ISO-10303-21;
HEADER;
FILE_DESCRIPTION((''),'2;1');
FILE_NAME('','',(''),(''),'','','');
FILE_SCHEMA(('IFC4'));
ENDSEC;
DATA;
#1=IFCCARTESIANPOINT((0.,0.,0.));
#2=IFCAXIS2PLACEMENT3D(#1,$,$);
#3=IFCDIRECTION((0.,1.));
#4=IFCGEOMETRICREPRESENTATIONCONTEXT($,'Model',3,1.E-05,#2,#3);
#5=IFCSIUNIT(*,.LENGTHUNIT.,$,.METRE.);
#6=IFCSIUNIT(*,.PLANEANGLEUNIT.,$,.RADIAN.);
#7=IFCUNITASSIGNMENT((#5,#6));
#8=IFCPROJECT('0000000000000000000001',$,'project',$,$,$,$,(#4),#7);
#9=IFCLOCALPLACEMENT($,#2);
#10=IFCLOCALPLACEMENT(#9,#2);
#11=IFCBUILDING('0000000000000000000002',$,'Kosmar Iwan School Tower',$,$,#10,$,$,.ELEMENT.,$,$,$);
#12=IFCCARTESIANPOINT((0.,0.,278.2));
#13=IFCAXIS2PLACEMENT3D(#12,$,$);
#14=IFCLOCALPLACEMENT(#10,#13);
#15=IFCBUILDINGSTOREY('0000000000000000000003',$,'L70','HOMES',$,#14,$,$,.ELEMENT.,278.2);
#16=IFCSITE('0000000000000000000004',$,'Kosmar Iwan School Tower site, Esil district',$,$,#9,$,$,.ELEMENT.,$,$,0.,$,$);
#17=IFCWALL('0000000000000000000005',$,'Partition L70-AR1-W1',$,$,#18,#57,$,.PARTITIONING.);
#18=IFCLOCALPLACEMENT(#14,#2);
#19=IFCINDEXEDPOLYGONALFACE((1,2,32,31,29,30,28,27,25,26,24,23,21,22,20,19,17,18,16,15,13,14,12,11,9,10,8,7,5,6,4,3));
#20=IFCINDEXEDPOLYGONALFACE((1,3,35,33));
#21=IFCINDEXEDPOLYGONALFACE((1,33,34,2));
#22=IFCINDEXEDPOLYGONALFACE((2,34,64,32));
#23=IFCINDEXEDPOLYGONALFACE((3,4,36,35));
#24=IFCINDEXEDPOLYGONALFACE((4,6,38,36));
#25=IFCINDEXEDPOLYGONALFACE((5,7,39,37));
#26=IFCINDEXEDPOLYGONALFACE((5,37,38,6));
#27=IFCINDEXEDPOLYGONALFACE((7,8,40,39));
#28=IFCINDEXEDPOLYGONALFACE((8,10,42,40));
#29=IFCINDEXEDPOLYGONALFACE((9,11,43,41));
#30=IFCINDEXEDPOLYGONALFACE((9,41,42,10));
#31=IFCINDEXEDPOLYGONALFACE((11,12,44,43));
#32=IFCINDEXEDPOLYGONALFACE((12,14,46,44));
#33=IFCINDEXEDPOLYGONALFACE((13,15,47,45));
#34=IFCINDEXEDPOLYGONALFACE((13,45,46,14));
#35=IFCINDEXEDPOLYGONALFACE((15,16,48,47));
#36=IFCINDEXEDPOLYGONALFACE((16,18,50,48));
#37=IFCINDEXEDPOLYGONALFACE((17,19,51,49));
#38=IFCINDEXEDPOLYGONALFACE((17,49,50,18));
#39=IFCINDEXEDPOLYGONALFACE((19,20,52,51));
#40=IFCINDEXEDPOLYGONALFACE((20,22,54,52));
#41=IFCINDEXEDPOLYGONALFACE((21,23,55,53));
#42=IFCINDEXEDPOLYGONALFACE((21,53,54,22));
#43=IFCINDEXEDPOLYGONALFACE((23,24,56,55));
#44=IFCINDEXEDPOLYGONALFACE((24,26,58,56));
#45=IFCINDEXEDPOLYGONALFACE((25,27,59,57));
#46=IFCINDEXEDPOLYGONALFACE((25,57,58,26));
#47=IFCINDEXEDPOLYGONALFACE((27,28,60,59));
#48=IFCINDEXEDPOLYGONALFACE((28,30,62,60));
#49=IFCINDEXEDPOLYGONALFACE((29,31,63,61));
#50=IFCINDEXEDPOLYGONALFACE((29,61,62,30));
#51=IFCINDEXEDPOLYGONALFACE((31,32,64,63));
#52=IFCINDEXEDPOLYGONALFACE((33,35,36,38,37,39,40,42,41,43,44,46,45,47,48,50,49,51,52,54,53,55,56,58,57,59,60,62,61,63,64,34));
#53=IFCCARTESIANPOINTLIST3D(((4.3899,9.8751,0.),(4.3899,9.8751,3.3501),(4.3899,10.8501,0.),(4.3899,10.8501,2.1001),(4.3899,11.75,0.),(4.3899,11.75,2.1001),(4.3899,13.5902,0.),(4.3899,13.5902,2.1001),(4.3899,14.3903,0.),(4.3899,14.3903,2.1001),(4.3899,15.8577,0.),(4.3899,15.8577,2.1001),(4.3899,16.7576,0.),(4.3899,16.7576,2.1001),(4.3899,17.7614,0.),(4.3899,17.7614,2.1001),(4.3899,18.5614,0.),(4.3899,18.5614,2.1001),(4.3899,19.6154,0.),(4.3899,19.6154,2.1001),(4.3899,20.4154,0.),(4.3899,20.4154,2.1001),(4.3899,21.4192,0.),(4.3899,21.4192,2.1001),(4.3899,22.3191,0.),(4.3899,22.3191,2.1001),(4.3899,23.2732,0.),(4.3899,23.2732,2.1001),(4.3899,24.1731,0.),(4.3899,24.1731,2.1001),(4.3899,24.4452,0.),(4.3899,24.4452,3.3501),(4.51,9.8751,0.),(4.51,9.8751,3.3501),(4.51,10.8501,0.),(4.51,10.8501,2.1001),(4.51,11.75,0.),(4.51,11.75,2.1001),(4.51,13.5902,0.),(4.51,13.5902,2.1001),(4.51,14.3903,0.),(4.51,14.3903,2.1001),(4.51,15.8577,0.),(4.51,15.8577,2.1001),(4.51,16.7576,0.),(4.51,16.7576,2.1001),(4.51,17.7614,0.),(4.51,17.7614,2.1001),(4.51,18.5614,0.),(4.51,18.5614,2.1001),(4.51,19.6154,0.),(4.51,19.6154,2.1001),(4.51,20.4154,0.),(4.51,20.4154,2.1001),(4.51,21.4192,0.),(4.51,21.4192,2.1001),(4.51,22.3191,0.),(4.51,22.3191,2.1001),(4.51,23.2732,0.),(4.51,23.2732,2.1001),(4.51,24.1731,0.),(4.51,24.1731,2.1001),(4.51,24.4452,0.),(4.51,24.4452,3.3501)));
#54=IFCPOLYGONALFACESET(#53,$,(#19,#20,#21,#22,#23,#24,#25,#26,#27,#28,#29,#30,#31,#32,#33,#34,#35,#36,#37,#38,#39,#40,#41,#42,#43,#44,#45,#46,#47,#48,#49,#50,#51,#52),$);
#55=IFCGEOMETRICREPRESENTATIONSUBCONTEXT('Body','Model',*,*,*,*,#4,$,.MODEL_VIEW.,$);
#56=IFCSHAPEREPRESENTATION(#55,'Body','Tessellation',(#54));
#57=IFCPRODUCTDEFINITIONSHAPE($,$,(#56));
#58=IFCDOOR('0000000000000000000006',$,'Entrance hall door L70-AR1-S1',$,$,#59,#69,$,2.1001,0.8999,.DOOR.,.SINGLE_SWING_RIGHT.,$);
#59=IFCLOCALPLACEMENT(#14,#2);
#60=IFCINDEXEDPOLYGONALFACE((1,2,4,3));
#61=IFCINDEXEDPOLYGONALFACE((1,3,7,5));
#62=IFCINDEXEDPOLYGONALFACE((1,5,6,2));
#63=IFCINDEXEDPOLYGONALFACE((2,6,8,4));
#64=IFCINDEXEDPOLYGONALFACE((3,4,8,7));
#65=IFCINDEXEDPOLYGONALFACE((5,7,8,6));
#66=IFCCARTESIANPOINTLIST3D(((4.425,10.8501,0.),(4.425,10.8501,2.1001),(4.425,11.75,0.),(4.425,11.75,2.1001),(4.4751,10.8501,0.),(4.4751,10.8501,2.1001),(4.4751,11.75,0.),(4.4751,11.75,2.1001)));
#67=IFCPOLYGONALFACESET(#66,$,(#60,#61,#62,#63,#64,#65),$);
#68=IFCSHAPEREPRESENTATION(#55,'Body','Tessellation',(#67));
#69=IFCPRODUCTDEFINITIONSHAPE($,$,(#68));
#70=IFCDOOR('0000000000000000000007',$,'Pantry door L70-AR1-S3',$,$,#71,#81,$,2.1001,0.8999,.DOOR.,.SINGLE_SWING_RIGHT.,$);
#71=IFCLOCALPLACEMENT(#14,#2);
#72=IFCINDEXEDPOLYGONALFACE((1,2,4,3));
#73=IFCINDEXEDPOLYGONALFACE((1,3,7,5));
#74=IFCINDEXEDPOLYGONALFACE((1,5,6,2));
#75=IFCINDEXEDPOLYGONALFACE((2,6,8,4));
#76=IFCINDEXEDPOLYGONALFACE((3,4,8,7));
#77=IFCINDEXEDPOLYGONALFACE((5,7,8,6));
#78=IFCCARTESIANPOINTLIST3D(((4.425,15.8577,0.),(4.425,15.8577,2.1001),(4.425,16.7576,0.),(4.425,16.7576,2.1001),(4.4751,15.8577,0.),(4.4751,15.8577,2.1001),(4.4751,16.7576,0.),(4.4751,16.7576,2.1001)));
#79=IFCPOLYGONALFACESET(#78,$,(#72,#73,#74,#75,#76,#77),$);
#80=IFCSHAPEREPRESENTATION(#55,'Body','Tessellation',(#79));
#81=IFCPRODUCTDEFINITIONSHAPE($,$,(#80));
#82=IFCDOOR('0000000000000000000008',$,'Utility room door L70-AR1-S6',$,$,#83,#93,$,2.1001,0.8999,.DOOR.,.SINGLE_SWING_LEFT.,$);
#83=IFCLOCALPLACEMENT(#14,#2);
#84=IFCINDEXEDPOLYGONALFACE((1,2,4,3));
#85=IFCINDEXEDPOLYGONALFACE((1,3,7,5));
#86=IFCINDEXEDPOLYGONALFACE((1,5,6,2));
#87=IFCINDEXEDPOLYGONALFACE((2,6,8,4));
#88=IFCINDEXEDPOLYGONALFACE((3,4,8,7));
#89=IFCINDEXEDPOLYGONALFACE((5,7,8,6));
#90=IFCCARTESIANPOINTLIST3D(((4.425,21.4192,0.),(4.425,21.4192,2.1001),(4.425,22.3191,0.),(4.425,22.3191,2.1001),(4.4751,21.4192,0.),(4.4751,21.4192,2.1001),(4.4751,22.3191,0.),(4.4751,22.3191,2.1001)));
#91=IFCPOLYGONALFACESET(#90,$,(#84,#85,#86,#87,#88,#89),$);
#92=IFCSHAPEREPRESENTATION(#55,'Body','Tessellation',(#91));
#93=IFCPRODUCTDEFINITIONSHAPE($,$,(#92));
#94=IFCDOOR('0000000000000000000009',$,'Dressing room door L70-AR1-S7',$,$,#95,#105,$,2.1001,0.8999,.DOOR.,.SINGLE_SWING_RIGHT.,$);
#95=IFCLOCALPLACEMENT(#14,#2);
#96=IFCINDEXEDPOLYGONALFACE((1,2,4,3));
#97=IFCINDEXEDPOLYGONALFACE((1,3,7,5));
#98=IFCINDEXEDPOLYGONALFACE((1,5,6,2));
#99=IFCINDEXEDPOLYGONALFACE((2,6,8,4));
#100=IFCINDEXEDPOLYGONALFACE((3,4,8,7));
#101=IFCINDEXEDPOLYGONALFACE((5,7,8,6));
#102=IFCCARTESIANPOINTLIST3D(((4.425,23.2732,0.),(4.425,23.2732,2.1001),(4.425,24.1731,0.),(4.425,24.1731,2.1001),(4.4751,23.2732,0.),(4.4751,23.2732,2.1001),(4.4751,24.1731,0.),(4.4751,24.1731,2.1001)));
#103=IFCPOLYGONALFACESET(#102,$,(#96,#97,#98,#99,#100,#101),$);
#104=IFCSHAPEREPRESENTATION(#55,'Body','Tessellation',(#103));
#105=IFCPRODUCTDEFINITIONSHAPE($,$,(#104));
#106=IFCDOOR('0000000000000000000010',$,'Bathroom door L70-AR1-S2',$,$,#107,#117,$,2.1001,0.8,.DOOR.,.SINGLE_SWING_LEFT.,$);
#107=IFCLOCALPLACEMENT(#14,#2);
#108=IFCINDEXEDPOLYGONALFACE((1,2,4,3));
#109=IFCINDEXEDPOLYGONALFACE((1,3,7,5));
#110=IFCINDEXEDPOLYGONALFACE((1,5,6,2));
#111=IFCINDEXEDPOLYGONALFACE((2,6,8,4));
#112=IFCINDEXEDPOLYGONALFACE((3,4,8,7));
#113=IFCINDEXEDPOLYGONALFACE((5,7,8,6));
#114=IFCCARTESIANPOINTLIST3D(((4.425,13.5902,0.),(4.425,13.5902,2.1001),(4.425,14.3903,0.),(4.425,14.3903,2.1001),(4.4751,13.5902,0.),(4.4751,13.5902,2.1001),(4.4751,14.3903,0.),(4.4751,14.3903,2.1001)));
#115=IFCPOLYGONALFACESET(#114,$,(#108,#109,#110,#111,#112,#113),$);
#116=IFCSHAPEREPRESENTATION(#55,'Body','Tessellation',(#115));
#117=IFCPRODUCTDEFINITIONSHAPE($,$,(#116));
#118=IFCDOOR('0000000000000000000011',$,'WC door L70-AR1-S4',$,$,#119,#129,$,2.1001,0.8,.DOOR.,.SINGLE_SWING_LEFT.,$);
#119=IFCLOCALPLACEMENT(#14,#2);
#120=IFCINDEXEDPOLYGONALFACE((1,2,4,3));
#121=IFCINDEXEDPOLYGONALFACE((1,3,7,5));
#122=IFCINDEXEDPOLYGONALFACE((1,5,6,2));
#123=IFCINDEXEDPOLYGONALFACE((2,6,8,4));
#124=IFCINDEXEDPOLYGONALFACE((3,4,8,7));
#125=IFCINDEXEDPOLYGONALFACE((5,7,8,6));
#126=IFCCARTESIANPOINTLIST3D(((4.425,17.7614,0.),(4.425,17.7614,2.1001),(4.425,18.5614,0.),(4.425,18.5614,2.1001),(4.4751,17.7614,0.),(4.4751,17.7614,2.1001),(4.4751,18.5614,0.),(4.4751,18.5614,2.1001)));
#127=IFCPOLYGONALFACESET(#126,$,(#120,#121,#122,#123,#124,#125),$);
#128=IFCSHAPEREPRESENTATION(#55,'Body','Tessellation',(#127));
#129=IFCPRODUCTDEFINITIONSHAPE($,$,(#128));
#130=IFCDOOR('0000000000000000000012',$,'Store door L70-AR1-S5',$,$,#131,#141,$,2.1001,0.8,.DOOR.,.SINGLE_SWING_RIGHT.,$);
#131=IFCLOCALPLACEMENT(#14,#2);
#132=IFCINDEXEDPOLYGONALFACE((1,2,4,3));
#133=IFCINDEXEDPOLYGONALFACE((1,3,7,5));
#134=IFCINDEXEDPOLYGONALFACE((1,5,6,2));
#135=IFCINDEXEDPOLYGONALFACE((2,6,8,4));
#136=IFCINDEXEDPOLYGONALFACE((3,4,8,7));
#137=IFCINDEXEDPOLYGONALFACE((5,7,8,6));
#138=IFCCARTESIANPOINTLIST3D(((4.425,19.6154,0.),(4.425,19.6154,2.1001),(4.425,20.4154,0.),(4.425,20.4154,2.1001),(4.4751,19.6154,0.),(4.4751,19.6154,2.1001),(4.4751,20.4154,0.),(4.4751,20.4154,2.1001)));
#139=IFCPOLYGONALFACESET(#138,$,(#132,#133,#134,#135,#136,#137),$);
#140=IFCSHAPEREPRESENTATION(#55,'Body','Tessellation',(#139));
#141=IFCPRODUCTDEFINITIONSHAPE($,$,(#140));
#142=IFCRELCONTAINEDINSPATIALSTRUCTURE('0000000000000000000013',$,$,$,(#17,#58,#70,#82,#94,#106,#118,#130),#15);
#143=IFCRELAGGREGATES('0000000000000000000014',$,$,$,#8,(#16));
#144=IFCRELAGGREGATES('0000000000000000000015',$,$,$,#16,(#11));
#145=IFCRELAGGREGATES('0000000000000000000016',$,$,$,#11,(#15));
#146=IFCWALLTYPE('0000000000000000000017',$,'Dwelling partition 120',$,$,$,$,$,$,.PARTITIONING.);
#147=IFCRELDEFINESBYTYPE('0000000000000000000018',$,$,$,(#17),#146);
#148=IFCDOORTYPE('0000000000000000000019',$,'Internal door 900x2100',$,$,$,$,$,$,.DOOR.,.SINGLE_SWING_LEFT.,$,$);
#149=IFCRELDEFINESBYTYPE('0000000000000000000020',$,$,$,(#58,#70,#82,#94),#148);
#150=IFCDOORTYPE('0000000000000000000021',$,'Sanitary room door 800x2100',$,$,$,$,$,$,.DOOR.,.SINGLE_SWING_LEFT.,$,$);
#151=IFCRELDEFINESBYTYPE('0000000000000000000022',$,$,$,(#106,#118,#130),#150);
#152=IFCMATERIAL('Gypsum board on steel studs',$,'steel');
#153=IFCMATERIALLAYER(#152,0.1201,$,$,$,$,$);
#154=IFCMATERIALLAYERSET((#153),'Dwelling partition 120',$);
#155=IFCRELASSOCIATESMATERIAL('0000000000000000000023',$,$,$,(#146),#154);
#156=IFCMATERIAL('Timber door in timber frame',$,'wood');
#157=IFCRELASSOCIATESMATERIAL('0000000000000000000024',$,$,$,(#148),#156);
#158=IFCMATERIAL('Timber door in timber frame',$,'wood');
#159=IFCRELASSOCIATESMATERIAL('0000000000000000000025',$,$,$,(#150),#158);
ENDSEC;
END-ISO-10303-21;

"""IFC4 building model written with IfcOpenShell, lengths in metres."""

from ifc_helpers import new_model, si_unit, direction, frame, frame_2d, origin, place, context, subcontext, project, spatial, rectangle, extrude, material, layer, layer_set, type_object, element, fill, save


model = new_model("IFC4")

# Units and contexts
model_context = context("Model", 3, precision=1e-05, world=origin(), true_north=direction((0.0, 1.0)))
body_context = subcontext(model_context, "Body", "Model", "MODEL_VIEW")
ifc_project = project(units=[si_unit("LENGTHUNIT", "METRE"), si_unit("PLANEANGLEUNIT", "RADIAN")], contexts=[model_context])

# Site, building, storey
site_placement = place(None, origin())
site = spatial("IfcSite", under=ifc_project, at=site_placement, Name="Kosmar Iwan School Tower site, Esil district", CompositionType="ELEMENT", RefElevation=0.0)
building_placement = place(site_placement, origin())
building = spatial("IfcBuilding", under=site, at=building_placement, Name="Kosmar Iwan School Tower", CompositionType="ELEMENT")
storey_placement = place(building_placement, frame((0.0, 0.0, 278.2)))
storey = spatial("IfcBuildingStorey", under=building, at=storey_placement, Name="L70", Description="HOMES", CompositionType="ELEMENT", Elevation=278.2)

# Wall, openings, doors
ifc_material_1 = material(Name="Gypsum board on steel studs", Category="steel")
ifc_layer_1 = layer(ifc_material_1, 0.1201)
ifc_layer_set_1 = layer_set([ifc_layer_1], Name="Dwelling partition 120")
wall_type_1 = type_object("IfcWallType", Name="Dwelling partition 120", PredefinedType="PARTITIONING", material=ifc_layer_set_1)
wall_1_placement = place(storey_placement, frame((4.45, 9.875, 0.0), z_axis=(0.0, 0.0, 1.0), x_axis=(0.0, 1.0, 0.0)))
wall_1 = element("IfcWall", 1, at=wall_1_placement, inside=storey, type_object=wall_type_1, Name="Partition L70-AR1-W1", PredefinedType="PARTITIONING", context=body_context, shape_type="SweptSolid", body=[
    extrude(rectangle(XDim=14.5701, YDim=0.1201, at=frame_2d((7.2852, 0.0))), origin(), (0.0, 0.0, 1.0), 3.3501),
])
opening_1_placement = place(wall_1_placement, frame((0.9751, 0.0, 0.0)))
opening_1 = element("IfcOpeningElement", 2, at=opening_1_placement, cuts=wall_1, PredefinedType="OPENING", context=body_context, shape_type="SweptSolid", body=[
    extrude(rectangle(XDim=0.8999, YDim=2.1001, at=frame_2d((0.45, 1.05))), frame((0.0, 0.072, 0.0), z_axis=(0.0, -1.0, 0.0), x_axis=(1.0, 0.0, 0.0)), (0.0, 0.0, 1.0), 0.144),
])
opening_2_placement = place(wall_1_placement, frame((3.7153, 0.0, 0.0)))
opening_2 = element("IfcOpeningElement", 3, at=opening_2_placement, cuts=wall_1, PredefinedType="OPENING", context=body_context, shape_type="SweptSolid", body=[
    extrude(rectangle(XDim=0.8, YDim=2.1001, at=frame_2d((0.3999, 1.05))), frame((0.0, 0.072, 0.0), z_axis=(0.0, -1.0, 0.0), x_axis=(1.0, 0.0, 0.0)), (0.0, 0.0, 1.0), 0.144),
])
opening_3_placement = place(wall_1_placement, frame((5.9827, 0.0, 0.0)))
opening_3 = element("IfcOpeningElement", 4, at=opening_3_placement, cuts=wall_1, PredefinedType="OPENING", context=body_context, shape_type="SweptSolid", body=[
    extrude(rectangle(XDim=0.8999, YDim=2.1001, at=frame_2d((0.45, 1.05))), frame((0.0, 0.072, 0.0), z_axis=(0.0, -1.0, 0.0), x_axis=(1.0, 0.0, 0.0)), (0.0, 0.0, 1.0), 0.144),
])
opening_4_placement = place(wall_1_placement, frame((7.8865, 0.0, 0.0)))
opening_4 = element("IfcOpeningElement", 5, at=opening_4_placement, cuts=wall_1, PredefinedType="OPENING", context=body_context, shape_type="SweptSolid", body=[
    extrude(rectangle(XDim=0.8, YDim=2.1001, at=frame_2d((0.3999, 1.05))), frame((0.0, 0.072, 0.0), z_axis=(0.0, -1.0, 0.0), x_axis=(1.0, 0.0, 0.0)), (0.0, 0.0, 1.0), 0.144),
])
opening_5_placement = place(wall_1_placement, frame((9.7405, 0.0, 0.0)))
opening_5 = element("IfcOpeningElement", 6, at=opening_5_placement, cuts=wall_1, PredefinedType="OPENING", context=body_context, shape_type="SweptSolid", body=[
    extrude(rectangle(XDim=0.8, YDim=2.1001, at=frame_2d((0.3999, 1.05))), frame((0.0, 0.072, 0.0), z_axis=(0.0, -1.0, 0.0), x_axis=(1.0, 0.0, 0.0)), (0.0, 0.0, 1.0), 0.144),
])
opening_6_placement = place(wall_1_placement, frame((11.5442, 0.0, 0.0)))
opening_6 = element("IfcOpeningElement", 7, at=opening_6_placement, cuts=wall_1, PredefinedType="OPENING", context=body_context, shape_type="SweptSolid", body=[
    extrude(rectangle(XDim=0.8999, YDim=2.1001, at=frame_2d((0.45, 1.05))), frame((0.0, 0.072, 0.0), z_axis=(0.0, -1.0, 0.0), x_axis=(1.0, 0.0, 0.0)), (0.0, 0.0, 1.0), 0.144),
])
opening_7_placement = place(wall_1_placement, frame((13.3982, 0.0, 0.0)))
opening_7 = element("IfcOpeningElement", 8, at=opening_7_placement, cuts=wall_1, PredefinedType="OPENING", context=body_context, shape_type="SweptSolid", body=[
    extrude(rectangle(XDim=0.8999, YDim=2.1001, at=frame_2d((0.45, 1.05))), frame((0.0, 0.072, 0.0), z_axis=(0.0, -1.0, 0.0), x_axis=(1.0, 0.0, 0.0)), (0.0, 0.0, 1.0), 0.144),
])
ifc_material_2 = material(Name="Timber door in timber frame", Category="wood")
door_type_1 = type_object("IfcDoorType", Name="Internal door 900x2100", OperationType="SINGLE_SWING_LEFT", PredefinedType="DOOR", material=ifc_material_2)
door_1_placement = place(opening_1_placement, origin())
door_1 = element("IfcDoor", 9, at=door_1_placement, inside=storey, type_object=door_type_1, Name="Entrance hall door L70-AR1-S1", OperationType="SINGLE_SWING_RIGHT", OverallHeight=2.1001, OverallWidth=0.8999, PredefinedType="DOOR", context=body_context, shape_type="SweptSolid", body=[
    extrude(rectangle(XDim=0.8999, YDim=2.1001, at=frame_2d((0.45, 1.05))), frame((0.0, 0.0249, 0.0), z_axis=(0.0, -1.0, 0.0), x_axis=(1.0, 0.0, 0.0)), (0.0, 0.0, 1.0), 0.05),
])
fill(opening_1, door_1)
door_2_placement = place(opening_3_placement, origin())
door_2 = element("IfcDoor", 10, at=door_2_placement, inside=storey, type_object=door_type_1, Name="Pantry door L70-AR1-S3", OperationType="SINGLE_SWING_RIGHT", OverallHeight=2.1001, OverallWidth=0.8999, PredefinedType="DOOR", context=body_context, shape_type="SweptSolid", body=[
    extrude(rectangle(XDim=0.8999, YDim=2.1001, at=frame_2d((0.45, 1.05))), frame((0.0, 0.0249, 0.0), z_axis=(0.0, -1.0, 0.0), x_axis=(1.0, 0.0, 0.0)), (0.0, 0.0, 1.0), 0.05),
])
fill(opening_3, door_2)
door_3_placement = place(opening_6_placement, origin())
door_3 = element("IfcDoor", 11, at=door_3_placement, inside=storey, type_object=door_type_1, Name="Utility room door L70-AR1-S6", OperationType="SINGLE_SWING_LEFT", OverallHeight=2.1001, OverallWidth=0.8999, PredefinedType="DOOR", context=body_context, shape_type="SweptSolid", body=[
    extrude(rectangle(XDim=0.8999, YDim=2.1001, at=frame_2d((0.45, 1.05))), frame((0.0, 0.0249, 0.0), z_axis=(0.0, -1.0, 0.0), x_axis=(1.0, 0.0, 0.0)), (0.0, 0.0, 1.0), 0.05),
])
fill(opening_6, door_3)
door_4_placement = place(opening_7_placement, origin())
door_4 = element("IfcDoor", 12, at=door_4_placement, inside=storey, type_object=door_type_1, Name="Dressing room door L70-AR1-S7", OperationType="SINGLE_SWING_RIGHT", OverallHeight=2.1001, OverallWidth=0.8999, PredefinedType="DOOR", context=body_context, shape_type="SweptSolid", body=[
    extrude(rectangle(XDim=0.8999, YDim=2.1001, at=frame_2d((0.45, 1.05))), frame((0.0, 0.0249, 0.0), z_axis=(0.0, -1.0, 0.0), x_axis=(1.0, 0.0, 0.0)), (0.0, 0.0, 1.0), 0.05),
])
fill(opening_7, door_4)
ifc_material_3 = material(Name="Timber door in timber frame", Category="wood")
door_type_2 = type_object("IfcDoorType", Name="Sanitary room door 800x2100", OperationType="SINGLE_SWING_LEFT", PredefinedType="DOOR", material=ifc_material_3)
door_5_placement = place(opening_2_placement, origin())
door_5 = element("IfcDoor", 13, at=door_5_placement, inside=storey, type_object=door_type_2, Name="Bathroom door L70-AR1-S2", OperationType="SINGLE_SWING_LEFT", OverallHeight=2.1001, OverallWidth=0.8, PredefinedType="DOOR", context=body_context, shape_type="SweptSolid", body=[
    extrude(rectangle(XDim=0.8, YDim=2.1001, at=frame_2d((0.3999, 1.05))), frame((0.0, 0.0249, 0.0), z_axis=(0.0, -1.0, 0.0), x_axis=(1.0, 0.0, 0.0)), (0.0, 0.0, 1.0), 0.05),
])
fill(opening_2, door_5)
door_6_placement = place(opening_4_placement, origin())
door_6 = element("IfcDoor", 14, at=door_6_placement, inside=storey, type_object=door_type_2, Name="WC door L70-AR1-S4", OperationType="SINGLE_SWING_LEFT", OverallHeight=2.1001, OverallWidth=0.8, PredefinedType="DOOR", context=body_context, shape_type="SweptSolid", body=[
    extrude(rectangle(XDim=0.8, YDim=2.1001, at=frame_2d((0.3999, 1.05))), frame((0.0, 0.0249, 0.0), z_axis=(0.0, -1.0, 0.0), x_axis=(1.0, 0.0, 0.0)), (0.0, 0.0, 1.0), 0.05),
])
fill(opening_4, door_6)
door_7_placement = place(opening_5_placement, origin())
door_7 = element("IfcDoor", 15, at=door_7_placement, inside=storey, type_object=door_type_2, Name="Store door L70-AR1-S5", OperationType="SINGLE_SWING_RIGHT", OverallHeight=2.1001, OverallWidth=0.8, PredefinedType="DOOR", context=body_context, shape_type="SweptSolid", body=[
    extrude(rectangle(XDim=0.8, YDim=2.1001, at=frame_2d((0.3999, 1.05))), frame((0.0, 0.0249, 0.0), z_axis=(0.0, -1.0, 0.0), x_axis=(1.0, 0.0, 0.0)), (0.0, 0.0, 1.0), 0.05),
])
fill(opening_5, door_7)

save(model, "model.ifc")
